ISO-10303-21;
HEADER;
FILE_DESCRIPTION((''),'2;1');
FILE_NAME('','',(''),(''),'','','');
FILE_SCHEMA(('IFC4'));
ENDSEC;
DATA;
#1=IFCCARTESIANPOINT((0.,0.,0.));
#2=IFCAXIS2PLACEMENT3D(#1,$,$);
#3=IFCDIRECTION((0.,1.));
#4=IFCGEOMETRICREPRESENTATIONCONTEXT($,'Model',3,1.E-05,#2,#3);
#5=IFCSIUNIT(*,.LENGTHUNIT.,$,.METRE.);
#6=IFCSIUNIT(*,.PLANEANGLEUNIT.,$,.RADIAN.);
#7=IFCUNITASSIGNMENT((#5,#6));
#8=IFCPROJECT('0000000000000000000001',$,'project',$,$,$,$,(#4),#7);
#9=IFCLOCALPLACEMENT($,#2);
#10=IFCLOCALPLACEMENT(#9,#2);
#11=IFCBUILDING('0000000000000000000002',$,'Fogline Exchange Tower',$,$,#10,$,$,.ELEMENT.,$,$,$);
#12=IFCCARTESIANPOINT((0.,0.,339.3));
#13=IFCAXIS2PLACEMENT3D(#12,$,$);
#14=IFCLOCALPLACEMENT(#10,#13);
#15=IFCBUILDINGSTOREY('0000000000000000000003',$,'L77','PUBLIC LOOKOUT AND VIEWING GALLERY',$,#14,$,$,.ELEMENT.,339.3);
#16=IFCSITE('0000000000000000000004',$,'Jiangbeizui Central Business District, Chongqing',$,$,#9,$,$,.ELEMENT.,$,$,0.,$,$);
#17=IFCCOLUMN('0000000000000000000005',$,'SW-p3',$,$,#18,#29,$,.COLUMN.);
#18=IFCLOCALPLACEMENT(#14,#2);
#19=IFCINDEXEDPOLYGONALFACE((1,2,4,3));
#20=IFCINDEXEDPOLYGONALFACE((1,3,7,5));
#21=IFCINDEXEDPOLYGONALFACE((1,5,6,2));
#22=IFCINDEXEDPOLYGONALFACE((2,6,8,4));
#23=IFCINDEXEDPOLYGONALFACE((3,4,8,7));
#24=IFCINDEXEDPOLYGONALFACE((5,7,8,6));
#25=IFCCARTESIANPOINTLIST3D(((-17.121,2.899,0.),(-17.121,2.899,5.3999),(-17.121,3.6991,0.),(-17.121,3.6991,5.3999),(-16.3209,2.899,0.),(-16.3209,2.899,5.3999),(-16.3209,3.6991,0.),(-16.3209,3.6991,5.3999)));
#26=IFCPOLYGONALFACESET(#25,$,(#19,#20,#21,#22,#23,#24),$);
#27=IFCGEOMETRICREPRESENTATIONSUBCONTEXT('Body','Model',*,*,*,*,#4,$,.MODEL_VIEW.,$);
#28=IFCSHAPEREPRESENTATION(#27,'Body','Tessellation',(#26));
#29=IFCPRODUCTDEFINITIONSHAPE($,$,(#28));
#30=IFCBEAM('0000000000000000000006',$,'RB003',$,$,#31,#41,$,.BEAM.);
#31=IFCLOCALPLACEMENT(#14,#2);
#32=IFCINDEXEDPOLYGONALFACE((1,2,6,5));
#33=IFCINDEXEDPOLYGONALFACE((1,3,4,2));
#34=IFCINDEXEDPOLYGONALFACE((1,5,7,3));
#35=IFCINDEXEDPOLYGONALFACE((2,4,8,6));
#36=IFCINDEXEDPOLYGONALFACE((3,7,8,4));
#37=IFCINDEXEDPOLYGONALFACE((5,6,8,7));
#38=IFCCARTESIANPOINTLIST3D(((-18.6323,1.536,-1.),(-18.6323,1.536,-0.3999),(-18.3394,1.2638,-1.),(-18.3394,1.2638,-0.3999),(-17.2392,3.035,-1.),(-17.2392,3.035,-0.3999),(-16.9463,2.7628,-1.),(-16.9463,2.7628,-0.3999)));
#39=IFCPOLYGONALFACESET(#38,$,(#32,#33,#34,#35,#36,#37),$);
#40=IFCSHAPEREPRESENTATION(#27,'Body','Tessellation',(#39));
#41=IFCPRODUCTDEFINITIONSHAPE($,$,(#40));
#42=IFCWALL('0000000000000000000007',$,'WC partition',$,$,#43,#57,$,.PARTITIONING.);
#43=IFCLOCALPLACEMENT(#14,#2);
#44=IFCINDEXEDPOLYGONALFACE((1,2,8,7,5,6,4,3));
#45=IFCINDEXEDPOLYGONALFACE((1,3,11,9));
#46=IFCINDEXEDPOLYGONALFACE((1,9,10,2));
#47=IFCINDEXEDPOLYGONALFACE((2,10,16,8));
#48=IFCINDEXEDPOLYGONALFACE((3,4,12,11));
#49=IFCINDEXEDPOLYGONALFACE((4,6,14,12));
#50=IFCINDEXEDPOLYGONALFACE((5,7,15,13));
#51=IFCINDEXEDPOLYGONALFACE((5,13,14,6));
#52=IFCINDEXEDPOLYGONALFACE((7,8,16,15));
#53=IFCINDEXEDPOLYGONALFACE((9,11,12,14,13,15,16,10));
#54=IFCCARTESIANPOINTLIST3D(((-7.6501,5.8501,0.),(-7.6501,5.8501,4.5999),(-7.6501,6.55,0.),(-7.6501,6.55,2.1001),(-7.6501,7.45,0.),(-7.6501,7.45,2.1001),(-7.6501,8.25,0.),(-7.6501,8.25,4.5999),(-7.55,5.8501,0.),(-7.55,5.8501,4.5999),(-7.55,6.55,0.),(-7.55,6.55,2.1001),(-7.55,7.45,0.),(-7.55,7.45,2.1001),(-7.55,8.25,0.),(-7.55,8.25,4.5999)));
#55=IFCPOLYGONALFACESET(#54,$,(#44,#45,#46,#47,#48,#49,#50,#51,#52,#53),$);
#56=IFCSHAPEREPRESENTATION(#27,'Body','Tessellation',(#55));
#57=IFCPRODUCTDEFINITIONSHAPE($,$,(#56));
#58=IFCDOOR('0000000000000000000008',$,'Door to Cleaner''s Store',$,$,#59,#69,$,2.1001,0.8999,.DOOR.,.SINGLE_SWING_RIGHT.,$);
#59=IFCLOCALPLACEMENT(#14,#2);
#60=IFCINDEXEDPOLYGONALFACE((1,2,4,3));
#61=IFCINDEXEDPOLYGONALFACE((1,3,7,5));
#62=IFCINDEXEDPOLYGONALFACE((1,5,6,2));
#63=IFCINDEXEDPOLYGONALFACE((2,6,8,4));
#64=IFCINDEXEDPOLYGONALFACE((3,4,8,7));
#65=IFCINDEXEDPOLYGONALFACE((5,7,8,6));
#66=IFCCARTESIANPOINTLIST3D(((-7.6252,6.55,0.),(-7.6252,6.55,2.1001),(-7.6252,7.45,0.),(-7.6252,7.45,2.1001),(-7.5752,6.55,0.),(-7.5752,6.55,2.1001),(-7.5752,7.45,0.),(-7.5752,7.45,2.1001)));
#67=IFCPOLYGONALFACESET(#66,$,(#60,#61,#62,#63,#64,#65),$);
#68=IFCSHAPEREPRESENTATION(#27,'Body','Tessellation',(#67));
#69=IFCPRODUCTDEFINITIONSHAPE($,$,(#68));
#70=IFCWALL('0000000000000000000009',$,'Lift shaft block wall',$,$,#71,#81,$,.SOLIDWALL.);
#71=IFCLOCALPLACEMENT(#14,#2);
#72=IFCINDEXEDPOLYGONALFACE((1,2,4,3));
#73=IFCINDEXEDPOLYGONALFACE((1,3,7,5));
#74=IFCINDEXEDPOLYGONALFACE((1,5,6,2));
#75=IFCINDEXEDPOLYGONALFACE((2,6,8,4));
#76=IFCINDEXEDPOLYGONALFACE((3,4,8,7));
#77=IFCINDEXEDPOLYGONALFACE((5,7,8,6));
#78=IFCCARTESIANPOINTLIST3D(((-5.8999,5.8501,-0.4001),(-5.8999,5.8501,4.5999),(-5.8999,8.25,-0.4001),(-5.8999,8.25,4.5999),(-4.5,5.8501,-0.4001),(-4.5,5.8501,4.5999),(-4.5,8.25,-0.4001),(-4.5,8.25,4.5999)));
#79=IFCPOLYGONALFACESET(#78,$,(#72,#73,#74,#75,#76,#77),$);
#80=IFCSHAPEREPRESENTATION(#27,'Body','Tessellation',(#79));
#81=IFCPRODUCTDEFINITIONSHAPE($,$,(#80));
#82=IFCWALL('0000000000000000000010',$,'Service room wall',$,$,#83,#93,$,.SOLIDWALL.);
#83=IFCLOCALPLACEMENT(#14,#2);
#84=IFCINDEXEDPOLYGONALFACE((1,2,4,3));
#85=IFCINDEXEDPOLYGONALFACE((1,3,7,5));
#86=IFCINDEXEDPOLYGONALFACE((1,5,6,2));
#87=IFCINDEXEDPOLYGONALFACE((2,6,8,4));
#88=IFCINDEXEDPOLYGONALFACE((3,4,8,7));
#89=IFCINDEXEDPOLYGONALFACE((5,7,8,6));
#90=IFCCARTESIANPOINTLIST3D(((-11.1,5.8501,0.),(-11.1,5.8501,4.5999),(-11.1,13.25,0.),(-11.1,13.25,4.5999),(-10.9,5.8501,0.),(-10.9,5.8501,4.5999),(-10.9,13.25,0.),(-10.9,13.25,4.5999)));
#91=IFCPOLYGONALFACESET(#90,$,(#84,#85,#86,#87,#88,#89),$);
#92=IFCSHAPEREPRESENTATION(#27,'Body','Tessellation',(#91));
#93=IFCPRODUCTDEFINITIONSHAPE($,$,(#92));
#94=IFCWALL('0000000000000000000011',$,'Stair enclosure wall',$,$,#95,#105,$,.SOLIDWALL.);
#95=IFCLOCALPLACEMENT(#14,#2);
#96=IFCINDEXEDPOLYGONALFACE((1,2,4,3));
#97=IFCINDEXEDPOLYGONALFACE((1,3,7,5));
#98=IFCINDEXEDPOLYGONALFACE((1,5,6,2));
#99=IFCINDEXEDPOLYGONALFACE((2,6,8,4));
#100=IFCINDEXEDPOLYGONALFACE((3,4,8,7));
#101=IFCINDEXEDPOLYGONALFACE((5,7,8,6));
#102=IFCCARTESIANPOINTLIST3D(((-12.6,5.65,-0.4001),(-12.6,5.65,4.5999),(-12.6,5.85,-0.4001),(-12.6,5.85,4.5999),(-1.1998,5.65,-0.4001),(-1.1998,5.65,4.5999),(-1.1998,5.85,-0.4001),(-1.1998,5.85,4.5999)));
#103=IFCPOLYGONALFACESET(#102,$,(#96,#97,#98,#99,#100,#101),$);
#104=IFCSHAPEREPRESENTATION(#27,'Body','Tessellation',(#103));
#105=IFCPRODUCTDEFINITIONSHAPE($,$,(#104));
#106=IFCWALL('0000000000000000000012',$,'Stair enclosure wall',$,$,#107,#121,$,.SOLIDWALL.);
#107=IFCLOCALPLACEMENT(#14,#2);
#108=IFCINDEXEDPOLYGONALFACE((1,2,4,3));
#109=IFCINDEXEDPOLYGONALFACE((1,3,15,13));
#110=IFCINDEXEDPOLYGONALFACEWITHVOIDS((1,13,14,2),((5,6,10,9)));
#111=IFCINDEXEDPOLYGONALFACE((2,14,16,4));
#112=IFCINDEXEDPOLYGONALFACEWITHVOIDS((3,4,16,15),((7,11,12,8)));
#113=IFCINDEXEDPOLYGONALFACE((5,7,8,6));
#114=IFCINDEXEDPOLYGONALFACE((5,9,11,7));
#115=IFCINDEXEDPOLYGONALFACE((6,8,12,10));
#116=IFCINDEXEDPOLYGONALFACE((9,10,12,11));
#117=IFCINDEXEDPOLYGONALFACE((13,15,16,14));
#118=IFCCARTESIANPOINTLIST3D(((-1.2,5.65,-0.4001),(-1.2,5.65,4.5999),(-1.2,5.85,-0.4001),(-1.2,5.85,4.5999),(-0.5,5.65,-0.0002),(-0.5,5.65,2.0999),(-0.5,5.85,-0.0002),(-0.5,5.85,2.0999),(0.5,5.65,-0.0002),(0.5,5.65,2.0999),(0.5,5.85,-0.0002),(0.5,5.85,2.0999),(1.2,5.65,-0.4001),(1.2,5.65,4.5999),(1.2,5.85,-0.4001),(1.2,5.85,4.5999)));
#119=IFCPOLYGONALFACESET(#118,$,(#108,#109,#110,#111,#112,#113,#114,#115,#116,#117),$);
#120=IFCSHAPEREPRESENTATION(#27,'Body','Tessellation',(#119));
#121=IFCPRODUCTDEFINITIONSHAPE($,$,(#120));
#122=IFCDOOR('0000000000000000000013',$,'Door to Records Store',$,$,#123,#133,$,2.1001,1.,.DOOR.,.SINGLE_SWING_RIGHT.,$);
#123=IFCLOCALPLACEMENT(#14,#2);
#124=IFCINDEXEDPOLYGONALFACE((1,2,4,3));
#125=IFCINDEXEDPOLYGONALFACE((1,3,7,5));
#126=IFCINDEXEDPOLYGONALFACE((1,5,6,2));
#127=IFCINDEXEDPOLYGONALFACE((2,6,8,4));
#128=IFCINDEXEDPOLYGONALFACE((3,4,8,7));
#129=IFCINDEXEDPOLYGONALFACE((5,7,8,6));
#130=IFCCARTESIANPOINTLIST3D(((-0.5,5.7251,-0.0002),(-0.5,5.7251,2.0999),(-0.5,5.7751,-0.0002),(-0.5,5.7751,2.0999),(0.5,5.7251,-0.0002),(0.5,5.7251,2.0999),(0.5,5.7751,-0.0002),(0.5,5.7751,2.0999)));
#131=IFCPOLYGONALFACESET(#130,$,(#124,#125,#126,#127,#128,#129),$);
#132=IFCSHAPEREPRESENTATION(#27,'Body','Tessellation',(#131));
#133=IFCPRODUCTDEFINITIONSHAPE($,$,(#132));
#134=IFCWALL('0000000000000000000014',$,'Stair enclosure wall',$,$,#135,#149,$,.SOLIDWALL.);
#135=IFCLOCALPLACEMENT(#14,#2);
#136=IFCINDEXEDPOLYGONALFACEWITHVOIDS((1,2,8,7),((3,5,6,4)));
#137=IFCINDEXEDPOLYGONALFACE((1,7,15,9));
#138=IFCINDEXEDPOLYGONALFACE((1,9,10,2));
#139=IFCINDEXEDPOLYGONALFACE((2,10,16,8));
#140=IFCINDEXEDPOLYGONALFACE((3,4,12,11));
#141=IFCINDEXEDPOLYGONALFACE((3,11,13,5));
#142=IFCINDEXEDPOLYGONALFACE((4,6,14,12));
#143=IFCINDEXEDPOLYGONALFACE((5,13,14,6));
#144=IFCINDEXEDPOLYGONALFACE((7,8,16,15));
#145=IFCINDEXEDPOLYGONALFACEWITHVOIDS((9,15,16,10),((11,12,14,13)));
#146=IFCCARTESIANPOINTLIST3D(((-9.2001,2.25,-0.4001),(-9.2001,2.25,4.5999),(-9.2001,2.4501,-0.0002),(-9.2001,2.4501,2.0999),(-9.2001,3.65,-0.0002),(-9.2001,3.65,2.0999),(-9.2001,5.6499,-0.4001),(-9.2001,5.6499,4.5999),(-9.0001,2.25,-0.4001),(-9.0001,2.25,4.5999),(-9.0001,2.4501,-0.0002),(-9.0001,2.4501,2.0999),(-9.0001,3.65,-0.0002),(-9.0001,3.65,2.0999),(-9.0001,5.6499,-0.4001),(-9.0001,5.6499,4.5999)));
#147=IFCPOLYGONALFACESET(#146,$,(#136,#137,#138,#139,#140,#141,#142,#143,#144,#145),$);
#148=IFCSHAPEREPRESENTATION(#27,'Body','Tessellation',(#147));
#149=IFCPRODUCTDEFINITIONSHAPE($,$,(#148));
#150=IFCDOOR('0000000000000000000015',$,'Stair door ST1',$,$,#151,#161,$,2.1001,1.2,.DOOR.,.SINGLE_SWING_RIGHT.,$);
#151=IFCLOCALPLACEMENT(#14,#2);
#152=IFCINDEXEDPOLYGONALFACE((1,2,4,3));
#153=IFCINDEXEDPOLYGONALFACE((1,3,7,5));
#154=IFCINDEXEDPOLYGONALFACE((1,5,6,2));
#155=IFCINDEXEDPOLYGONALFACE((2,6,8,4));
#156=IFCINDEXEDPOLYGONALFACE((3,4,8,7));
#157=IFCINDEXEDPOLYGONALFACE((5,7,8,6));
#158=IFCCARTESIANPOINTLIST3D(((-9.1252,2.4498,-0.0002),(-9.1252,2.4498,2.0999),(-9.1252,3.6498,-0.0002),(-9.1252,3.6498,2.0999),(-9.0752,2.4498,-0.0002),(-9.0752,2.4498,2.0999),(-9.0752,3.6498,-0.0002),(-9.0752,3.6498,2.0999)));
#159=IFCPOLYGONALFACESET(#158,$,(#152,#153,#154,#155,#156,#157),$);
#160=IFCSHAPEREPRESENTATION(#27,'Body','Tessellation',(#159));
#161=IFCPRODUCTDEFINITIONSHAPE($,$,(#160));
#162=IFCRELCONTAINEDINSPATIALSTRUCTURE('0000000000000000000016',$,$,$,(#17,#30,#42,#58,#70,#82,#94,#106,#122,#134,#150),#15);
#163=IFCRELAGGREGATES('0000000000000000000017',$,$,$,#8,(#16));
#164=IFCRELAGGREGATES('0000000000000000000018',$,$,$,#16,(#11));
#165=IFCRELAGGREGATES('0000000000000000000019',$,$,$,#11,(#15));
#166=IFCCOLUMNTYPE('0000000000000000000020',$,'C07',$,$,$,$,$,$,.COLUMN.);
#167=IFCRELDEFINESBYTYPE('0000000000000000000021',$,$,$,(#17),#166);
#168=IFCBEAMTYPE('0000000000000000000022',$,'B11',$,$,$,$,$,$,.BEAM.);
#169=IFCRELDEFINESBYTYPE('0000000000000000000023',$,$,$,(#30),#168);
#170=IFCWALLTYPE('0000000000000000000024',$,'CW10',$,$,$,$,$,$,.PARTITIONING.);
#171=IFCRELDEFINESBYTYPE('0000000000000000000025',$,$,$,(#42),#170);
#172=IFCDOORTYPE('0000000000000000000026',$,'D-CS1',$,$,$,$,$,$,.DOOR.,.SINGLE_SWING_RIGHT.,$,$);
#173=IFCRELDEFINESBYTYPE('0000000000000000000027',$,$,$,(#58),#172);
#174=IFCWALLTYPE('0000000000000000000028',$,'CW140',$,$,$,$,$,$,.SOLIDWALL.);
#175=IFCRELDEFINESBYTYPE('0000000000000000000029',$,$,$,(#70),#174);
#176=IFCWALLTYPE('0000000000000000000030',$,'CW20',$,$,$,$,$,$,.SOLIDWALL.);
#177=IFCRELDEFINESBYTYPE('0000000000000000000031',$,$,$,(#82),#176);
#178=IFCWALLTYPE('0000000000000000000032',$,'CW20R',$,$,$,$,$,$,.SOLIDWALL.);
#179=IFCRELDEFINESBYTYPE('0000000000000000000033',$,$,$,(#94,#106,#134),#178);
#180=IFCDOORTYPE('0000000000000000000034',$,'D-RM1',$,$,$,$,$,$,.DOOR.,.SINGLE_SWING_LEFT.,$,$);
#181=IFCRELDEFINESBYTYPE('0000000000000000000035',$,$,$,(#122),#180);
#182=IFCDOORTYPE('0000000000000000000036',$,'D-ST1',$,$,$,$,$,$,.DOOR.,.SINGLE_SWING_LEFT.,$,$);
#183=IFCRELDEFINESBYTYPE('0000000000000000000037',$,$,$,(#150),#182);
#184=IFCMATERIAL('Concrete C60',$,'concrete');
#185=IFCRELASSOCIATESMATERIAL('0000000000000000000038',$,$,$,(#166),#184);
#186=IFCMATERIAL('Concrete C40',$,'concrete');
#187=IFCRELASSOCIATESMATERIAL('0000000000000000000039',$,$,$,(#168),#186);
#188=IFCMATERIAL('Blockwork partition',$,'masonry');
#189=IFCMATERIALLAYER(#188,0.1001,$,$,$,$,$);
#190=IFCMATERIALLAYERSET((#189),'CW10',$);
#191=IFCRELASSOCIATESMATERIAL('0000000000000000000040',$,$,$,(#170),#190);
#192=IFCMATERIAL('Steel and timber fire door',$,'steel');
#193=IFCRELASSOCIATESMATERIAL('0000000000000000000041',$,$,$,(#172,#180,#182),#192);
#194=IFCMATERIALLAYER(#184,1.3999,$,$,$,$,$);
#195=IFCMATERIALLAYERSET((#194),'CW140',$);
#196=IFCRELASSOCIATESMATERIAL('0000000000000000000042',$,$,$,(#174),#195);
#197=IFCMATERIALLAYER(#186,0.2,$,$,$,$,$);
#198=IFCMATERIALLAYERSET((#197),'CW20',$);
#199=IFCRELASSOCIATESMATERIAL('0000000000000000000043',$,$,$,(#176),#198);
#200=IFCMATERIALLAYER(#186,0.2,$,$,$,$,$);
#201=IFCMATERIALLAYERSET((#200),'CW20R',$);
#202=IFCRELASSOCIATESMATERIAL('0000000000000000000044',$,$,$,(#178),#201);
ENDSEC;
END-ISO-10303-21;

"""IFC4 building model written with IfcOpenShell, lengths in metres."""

from ifc_helpers import new_model, si_unit, direction, frame, frame_2d, origin, origin_2d, place, context, subcontext, project, spatial, rectangle, extrude, material, layer, layer_set, material_profile, profile_set, type_object, element, fill, save


model = new_model("IFC4")

# Units and contexts
model_context = context("Model", 3, precision=1e-05, world=origin(), true_north=direction((0.0, 1.0)))
body_context = subcontext(model_context, "Body", "Model", "MODEL_VIEW")
ifc_project = project(units=[si_unit("LENGTHUNIT", "METRE"), si_unit("PLANEANGLEUNIT", "RADIAN")], contexts=[model_context])

# Site, building, storey
site_placement = place(None, origin())
site = spatial("IfcSite", under=ifc_project, at=site_placement, Name="Jiangbeizui Central Business District, Chongqing", CompositionType="ELEMENT", RefElevation=0.0)
building_placement = place(site_placement, origin())
building = spatial("IfcBuilding", under=site, at=building_placement, Name="Fogline Exchange Tower", CompositionType="ELEMENT")
storey_placement = place(building_placement, frame((0.0, 0.0, 339.3)))
storey = spatial("IfcBuildingStorey", under=building, at=storey_placement, Name="L77", Description="PUBLIC LOOKOUT AND VIEWING GALLERY", CompositionType="ELEMENT", Elevation=339.3)

# Column
ifc_material_1 = material(Name="Concrete C60", Category="concrete")
ifc_material_profile_1 = material_profile(ifc_material_1, rectangle(XDim=0.8, YDim=0.8, at=origin_2d()), Name="RC 800x800")
ifc_profile_set_1 = profile_set([ifc_material_profile_1], Name="Concrete C60")
column_type = type_object("IfcColumnType", Name="C07", PredefinedType="COLUMN", material=ifc_profile_set_1)
column_placement = place(storey_placement, frame((-16.7209, 3.2991, 0.0), z_axis=(0.0, 0.0, 1.0), x_axis=(1.0, 0.0, 0.0)))
element("IfcColumn", 1, at=column_placement, inside=storey, type_object=column_type, Name="SW-p3", PredefinedType="COLUMN", context=body_context, shape_type="SweptSolid", body=[
    extrude(rectangle(XDim=0.8, YDim=0.8, at=origin_2d()), origin(), (0.0, 0.0, 1.0), 5.3999),
])

# Beam
ifc_material_2 = material(Name="Concrete C40", Category="concrete")
ifc_material_profile_2 = material_profile(ifc_material_2, rectangle(XDim=0.3999, YDim=0.6001, at=origin_2d()), Name="RC 400x600")
ifc_profile_set_2 = profile_set([ifc_material_profile_2], Name="Concrete C40")
beam_type = type_object("IfcBeamType", Name="B11", PredefinedType="BEAM", material=ifc_profile_set_2)
beam_placement = place(storey_placement, frame((-17.0928, 2.8989, -0.7), z_axis=(-0.680744, -0.732521, 0.0), x_axis=(0.732521, -0.680744, 0.0)))
element("IfcBeam", 2, at=beam_placement, inside=storey, type_object=beam_type, Name="RB003", PredefinedType="BEAM", context=body_context, shape_type="SweptSolid", body=[
    extrude(rectangle(XDim=0.3999, YDim=0.6001, at=origin_2d()), origin(), (0.0, 0.0, 1.0), 2.0464),
])

# Wall, opening, door
ifc_material_3 = material(Name="Blockwork partition", Category="masonry")
ifc_layer_1 = layer(ifc_material_3, 0.1001)
ifc_layer_set_1 = layer_set([ifc_layer_1], Name="CW10")
wall_type_1 = type_object("IfcWallType", Name="CW10", PredefinedType="PARTITIONING", material=ifc_layer_set_1)
wall_1_placement = place(storey_placement, frame((-7.6001, 5.8501, 0.0), z_axis=(0.0, 0.0, 1.0), x_axis=(0.0, 1.0, 0.0)))
wall_1 = element("IfcWall", 3, at=wall_1_placement, inside=storey, type_object=wall_type_1, Name="WC partition", PredefinedType="PARTITIONING", context=body_context, shape_type="SweptSolid", body=[
    extrude(rectangle(XDim=2.3999, YDim=0.1001, at=frame_2d((1.2, 0.0))), origin(), (0.0, 0.0, 1.0), 4.5999),
])
opening_1_placement = place(wall_1_placement, frame((0.7, 0.0, 0.0)))
opening_1 = element("IfcOpeningElement", 4, at=opening_1_placement, cuts=wall_1, PredefinedType="OPENING", context=body_context, shape_type="SweptSolid", body=[
    extrude(rectangle(XDim=0.8999, YDim=2.1001, at=frame_2d((0.45, 1.05))), frame((0.0, 0.0601, 0.0), z_axis=(0.0, -1.0, 0.0), x_axis=(1.0, 0.0, 0.0)), (0.0, 0.0, 1.0), 0.1201),
])
ifc_material_4 = material(Name="Steel and timber fire door", Category="steel")
door_type_1 = type_object("IfcDoorType", Name="D-CS1", OperationType="SINGLE_SWING_RIGHT", PredefinedType="DOOR", material=ifc_material_4)
door_1_placement = place(opening_1_placement, frame((0.8999, 0.0, 0.0), z_axis=(0.0, 0.0, 1.0), x_axis=(-1.0, 0.0, 0.0)))
door_1 = element("IfcDoor", 5, at=door_1_placement, inside=storey, type_object=door_type_1, Name="Door to Cleaner's Store", OperationType="SINGLE_SWING_RIGHT", OverallHeight=2.1001, OverallWidth=0.8999, PredefinedType="DOOR", context=body_context, shape_type="SweptSolid", body=[
    extrude(rectangle(XDim=0.8999, YDim=2.1001, at=frame_2d((0.45, 1.05))), frame((0.0, 0.0249, 0.0), z_axis=(0.0, -1.0, 0.0), x_axis=(1.0, 0.0, 0.0)), (0.0, 0.0, 1.0), 0.05),
])
fill(opening_1, door_1)

# Walls
ifc_layer_2 = layer(ifc_material_1, 1.3999)
ifc_layer_set_2 = layer_set([ifc_layer_2], Name="CW140")
wall_type_2 = type_object("IfcWallType", Name="CW140", PredefinedType="SOLIDWALL", material=ifc_layer_set_2)
wall_2_placement = place(storey_placement, frame((-5.2, 5.8501, -0.4001), z_axis=(0.0, 0.0, 1.0), x_axis=(0.0, 1.0, 0.0)))
element("IfcWall", 6, at=wall_2_placement, inside=storey, type_object=wall_type_2, Name="Lift shaft block wall", PredefinedType="SOLIDWALL", context=body_context, shape_type="SweptSolid", body=[
    extrude(rectangle(XDim=2.3999, YDim=1.3999, at=frame_2d((1.2, 0.0))), origin(), (0.0, 0.0, 1.0), 5.0),
])
ifc_layer_3 = layer(ifc_material_2, 0.2)
ifc_layer_set_3 = layer_set([ifc_layer_3], Name="CW20")
wall_type_3 = type_object("IfcWallType", Name="CW20", PredefinedType="SOLIDWALL", material=ifc_layer_set_3)
wall_3_placement = place(storey_placement, frame((-11.0, 5.8501, 0.0), z_axis=(0.0, 0.0, 1.0), x_axis=(0.0, 1.0, 0.0)))
element("IfcWall", 7, at=wall_3_placement, inside=storey, type_object=wall_type_3, Name="Service room wall", PredefinedType="SOLIDWALL", context=body_context, shape_type="SweptSolid", body=[
    extrude(rectangle(XDim=7.3999, YDim=0.2, at=frame_2d((3.7, 0.0))), origin(), (0.0, 0.0, 1.0), 4.5999),
])
ifc_layer_4 = layer(ifc_material_2, 0.2)
ifc_layer_set_4 = layer_set([ifc_layer_4], Name="CW20R")
wall_type_4 = type_object("IfcWallType", Name="CW20R", PredefinedType="SOLIDWALL", material=ifc_layer_set_4)
wall_4_placement = place(storey_placement, frame((-12.6001, 5.75, -0.4001), z_axis=(0.0, 0.0, 1.0), x_axis=(1.0, 0.0, 0.0)))
element("IfcWall", 8, at=wall_4_placement, inside=storey, type_object=wall_type_4, Name="Stair enclosure wall", PredefinedType="SOLIDWALL", context=body_context, shape_type="SweptSolid", body=[
    extrude(rectangle(XDim=11.4001, YDim=0.2, at=frame_2d((5.7002, 0.0))), origin(), (0.0, 0.0, 1.0), 5.0),
])

# Walls, openings, doors
wall_5_placement = place(storey_placement, frame((-1.2, 5.75, -0.4001), z_axis=(0.0, 0.0, 1.0), x_axis=(1.0, 0.0, 0.0)))
wall_5 = element("IfcWall", 9, at=wall_5_placement, inside=storey, type_object=wall_type_4, Name="Stair enclosure wall", PredefinedType="SOLIDWALL", context=body_context, shape_type="SweptSolid", body=[
    extrude(rectangle(XDim=2.3999, YDim=0.2, at=frame_2d((1.2, 0.0))), origin(), (0.0, 0.0, 1.0), 5.0),
])
opening_2_placement = place(wall_5_placement, frame((0.7, 0.0, 0.3999)))
opening_2 = element("IfcOpeningElement", 10, at=opening_2_placement, cuts=wall_5, PredefinedType="OPENING", context=body_context, shape_type="SweptSolid", body=[
    extrude(rectangle(XDim=1.0, YDim=2.1001, at=frame_2d((0.5, 1.05))), frame((0.0, 0.1099, 0.0), z_axis=(0.0, -1.0, 0.0), x_axis=(1.0, 0.0, 0.0)), (0.0, 0.0, 1.0), 0.22),
])
door_type_2 = type_object("IfcDoorType", Name="D-RM1", OperationType="SINGLE_SWING_LEFT", PredefinedType="DOOR", material=ifc_material_4)
door_2_placement = place(opening_2_placement, frame((1.0, 0.0, 0.0), z_axis=(0.0, 0.0, 1.0), x_axis=(-1.0, 0.0, 0.0)))
door_2 = element("IfcDoor", 11, at=door_2_placement, inside=storey, type_object=door_type_2, Name="Door to Records Store", OperationType="SINGLE_SWING_RIGHT", OverallHeight=2.1001, OverallWidth=1.0, PredefinedType="DOOR", context=body_context, shape_type="SweptSolid", body=[
    extrude(rectangle(XDim=1.0, YDim=2.1001, at=frame_2d((0.5, 1.05))), frame((0.0, 0.0249, 0.0), z_axis=(0.0, -1.0, 0.0), x_axis=(1.0, 0.0, 0.0)), (0.0, 0.0, 1.0), 0.05),
])
fill(opening_2, door_2)
wall_6_placement = place(storey_placement, frame((-9.1001, 2.25, -0.4001), z_axis=(0.0, 0.0, 1.0), x_axis=(0.0, 1.0, 0.0)))
wall_6 = element("IfcWall", 12, at=wall_6_placement, inside=storey, type_object=wall_type_4, Name="Stair enclosure wall", PredefinedType="SOLIDWALL", context=body_context, shape_type="SweptSolid", body=[
    extrude(rectangle(XDim=3.3999, YDim=0.2, at=frame_2d((1.7, 0.0))), origin(), (0.0, 0.0, 1.0), 5.0),
])
opening_3_placement = place(wall_6_placement, frame((0.2, 0.0, 0.3999)))
opening_3 = element("IfcOpeningElement", 13, at=opening_3_placement, cuts=wall_6, PredefinedType="OPENING", context=body_context, shape_type="SweptSolid", body=[
    extrude(rectangle(XDim=1.2, YDim=2.1001, at=frame_2d((0.6001, 1.05))), frame((0.0, 0.1099, 0.0), z_axis=(0.0, -1.0, 0.0), x_axis=(1.0, 0.0, 0.0)), (0.0, 0.0, 1.0), 0.22),
])
door_type_3 = type_object("IfcDoorType", Name="D-ST1", OperationType="SINGLE_SWING_LEFT", PredefinedType="DOOR", material=ifc_material_4)
door_3_placement = place(opening_3_placement, frame((1.2, 0.0, 0.0), z_axis=(0.0, 0.0, 1.0), x_axis=(-1.0, 0.0, 0.0)))
door_3 = element("IfcDoor", 14, at=door_3_placement, inside=storey, type_object=door_type_3, Name="Stair door ST1", OperationType="SINGLE_SWING_RIGHT", OverallHeight=2.1001, OverallWidth=1.2, PredefinedType="DOOR", context=body_context, shape_type="SweptSolid", body=[
    extrude(rectangle(XDim=1.2, YDim=2.1001, at=frame_2d((0.6001, 1.05))), frame((0.0, 0.0249, 0.0), z_axis=(0.0, -1.0, 0.0), x_axis=(1.0, 0.0, 0.0)), (0.0, 0.0, 1.0), 0.05),
])
fill(opening_3, door_3)

save(model, "model.ifc")
